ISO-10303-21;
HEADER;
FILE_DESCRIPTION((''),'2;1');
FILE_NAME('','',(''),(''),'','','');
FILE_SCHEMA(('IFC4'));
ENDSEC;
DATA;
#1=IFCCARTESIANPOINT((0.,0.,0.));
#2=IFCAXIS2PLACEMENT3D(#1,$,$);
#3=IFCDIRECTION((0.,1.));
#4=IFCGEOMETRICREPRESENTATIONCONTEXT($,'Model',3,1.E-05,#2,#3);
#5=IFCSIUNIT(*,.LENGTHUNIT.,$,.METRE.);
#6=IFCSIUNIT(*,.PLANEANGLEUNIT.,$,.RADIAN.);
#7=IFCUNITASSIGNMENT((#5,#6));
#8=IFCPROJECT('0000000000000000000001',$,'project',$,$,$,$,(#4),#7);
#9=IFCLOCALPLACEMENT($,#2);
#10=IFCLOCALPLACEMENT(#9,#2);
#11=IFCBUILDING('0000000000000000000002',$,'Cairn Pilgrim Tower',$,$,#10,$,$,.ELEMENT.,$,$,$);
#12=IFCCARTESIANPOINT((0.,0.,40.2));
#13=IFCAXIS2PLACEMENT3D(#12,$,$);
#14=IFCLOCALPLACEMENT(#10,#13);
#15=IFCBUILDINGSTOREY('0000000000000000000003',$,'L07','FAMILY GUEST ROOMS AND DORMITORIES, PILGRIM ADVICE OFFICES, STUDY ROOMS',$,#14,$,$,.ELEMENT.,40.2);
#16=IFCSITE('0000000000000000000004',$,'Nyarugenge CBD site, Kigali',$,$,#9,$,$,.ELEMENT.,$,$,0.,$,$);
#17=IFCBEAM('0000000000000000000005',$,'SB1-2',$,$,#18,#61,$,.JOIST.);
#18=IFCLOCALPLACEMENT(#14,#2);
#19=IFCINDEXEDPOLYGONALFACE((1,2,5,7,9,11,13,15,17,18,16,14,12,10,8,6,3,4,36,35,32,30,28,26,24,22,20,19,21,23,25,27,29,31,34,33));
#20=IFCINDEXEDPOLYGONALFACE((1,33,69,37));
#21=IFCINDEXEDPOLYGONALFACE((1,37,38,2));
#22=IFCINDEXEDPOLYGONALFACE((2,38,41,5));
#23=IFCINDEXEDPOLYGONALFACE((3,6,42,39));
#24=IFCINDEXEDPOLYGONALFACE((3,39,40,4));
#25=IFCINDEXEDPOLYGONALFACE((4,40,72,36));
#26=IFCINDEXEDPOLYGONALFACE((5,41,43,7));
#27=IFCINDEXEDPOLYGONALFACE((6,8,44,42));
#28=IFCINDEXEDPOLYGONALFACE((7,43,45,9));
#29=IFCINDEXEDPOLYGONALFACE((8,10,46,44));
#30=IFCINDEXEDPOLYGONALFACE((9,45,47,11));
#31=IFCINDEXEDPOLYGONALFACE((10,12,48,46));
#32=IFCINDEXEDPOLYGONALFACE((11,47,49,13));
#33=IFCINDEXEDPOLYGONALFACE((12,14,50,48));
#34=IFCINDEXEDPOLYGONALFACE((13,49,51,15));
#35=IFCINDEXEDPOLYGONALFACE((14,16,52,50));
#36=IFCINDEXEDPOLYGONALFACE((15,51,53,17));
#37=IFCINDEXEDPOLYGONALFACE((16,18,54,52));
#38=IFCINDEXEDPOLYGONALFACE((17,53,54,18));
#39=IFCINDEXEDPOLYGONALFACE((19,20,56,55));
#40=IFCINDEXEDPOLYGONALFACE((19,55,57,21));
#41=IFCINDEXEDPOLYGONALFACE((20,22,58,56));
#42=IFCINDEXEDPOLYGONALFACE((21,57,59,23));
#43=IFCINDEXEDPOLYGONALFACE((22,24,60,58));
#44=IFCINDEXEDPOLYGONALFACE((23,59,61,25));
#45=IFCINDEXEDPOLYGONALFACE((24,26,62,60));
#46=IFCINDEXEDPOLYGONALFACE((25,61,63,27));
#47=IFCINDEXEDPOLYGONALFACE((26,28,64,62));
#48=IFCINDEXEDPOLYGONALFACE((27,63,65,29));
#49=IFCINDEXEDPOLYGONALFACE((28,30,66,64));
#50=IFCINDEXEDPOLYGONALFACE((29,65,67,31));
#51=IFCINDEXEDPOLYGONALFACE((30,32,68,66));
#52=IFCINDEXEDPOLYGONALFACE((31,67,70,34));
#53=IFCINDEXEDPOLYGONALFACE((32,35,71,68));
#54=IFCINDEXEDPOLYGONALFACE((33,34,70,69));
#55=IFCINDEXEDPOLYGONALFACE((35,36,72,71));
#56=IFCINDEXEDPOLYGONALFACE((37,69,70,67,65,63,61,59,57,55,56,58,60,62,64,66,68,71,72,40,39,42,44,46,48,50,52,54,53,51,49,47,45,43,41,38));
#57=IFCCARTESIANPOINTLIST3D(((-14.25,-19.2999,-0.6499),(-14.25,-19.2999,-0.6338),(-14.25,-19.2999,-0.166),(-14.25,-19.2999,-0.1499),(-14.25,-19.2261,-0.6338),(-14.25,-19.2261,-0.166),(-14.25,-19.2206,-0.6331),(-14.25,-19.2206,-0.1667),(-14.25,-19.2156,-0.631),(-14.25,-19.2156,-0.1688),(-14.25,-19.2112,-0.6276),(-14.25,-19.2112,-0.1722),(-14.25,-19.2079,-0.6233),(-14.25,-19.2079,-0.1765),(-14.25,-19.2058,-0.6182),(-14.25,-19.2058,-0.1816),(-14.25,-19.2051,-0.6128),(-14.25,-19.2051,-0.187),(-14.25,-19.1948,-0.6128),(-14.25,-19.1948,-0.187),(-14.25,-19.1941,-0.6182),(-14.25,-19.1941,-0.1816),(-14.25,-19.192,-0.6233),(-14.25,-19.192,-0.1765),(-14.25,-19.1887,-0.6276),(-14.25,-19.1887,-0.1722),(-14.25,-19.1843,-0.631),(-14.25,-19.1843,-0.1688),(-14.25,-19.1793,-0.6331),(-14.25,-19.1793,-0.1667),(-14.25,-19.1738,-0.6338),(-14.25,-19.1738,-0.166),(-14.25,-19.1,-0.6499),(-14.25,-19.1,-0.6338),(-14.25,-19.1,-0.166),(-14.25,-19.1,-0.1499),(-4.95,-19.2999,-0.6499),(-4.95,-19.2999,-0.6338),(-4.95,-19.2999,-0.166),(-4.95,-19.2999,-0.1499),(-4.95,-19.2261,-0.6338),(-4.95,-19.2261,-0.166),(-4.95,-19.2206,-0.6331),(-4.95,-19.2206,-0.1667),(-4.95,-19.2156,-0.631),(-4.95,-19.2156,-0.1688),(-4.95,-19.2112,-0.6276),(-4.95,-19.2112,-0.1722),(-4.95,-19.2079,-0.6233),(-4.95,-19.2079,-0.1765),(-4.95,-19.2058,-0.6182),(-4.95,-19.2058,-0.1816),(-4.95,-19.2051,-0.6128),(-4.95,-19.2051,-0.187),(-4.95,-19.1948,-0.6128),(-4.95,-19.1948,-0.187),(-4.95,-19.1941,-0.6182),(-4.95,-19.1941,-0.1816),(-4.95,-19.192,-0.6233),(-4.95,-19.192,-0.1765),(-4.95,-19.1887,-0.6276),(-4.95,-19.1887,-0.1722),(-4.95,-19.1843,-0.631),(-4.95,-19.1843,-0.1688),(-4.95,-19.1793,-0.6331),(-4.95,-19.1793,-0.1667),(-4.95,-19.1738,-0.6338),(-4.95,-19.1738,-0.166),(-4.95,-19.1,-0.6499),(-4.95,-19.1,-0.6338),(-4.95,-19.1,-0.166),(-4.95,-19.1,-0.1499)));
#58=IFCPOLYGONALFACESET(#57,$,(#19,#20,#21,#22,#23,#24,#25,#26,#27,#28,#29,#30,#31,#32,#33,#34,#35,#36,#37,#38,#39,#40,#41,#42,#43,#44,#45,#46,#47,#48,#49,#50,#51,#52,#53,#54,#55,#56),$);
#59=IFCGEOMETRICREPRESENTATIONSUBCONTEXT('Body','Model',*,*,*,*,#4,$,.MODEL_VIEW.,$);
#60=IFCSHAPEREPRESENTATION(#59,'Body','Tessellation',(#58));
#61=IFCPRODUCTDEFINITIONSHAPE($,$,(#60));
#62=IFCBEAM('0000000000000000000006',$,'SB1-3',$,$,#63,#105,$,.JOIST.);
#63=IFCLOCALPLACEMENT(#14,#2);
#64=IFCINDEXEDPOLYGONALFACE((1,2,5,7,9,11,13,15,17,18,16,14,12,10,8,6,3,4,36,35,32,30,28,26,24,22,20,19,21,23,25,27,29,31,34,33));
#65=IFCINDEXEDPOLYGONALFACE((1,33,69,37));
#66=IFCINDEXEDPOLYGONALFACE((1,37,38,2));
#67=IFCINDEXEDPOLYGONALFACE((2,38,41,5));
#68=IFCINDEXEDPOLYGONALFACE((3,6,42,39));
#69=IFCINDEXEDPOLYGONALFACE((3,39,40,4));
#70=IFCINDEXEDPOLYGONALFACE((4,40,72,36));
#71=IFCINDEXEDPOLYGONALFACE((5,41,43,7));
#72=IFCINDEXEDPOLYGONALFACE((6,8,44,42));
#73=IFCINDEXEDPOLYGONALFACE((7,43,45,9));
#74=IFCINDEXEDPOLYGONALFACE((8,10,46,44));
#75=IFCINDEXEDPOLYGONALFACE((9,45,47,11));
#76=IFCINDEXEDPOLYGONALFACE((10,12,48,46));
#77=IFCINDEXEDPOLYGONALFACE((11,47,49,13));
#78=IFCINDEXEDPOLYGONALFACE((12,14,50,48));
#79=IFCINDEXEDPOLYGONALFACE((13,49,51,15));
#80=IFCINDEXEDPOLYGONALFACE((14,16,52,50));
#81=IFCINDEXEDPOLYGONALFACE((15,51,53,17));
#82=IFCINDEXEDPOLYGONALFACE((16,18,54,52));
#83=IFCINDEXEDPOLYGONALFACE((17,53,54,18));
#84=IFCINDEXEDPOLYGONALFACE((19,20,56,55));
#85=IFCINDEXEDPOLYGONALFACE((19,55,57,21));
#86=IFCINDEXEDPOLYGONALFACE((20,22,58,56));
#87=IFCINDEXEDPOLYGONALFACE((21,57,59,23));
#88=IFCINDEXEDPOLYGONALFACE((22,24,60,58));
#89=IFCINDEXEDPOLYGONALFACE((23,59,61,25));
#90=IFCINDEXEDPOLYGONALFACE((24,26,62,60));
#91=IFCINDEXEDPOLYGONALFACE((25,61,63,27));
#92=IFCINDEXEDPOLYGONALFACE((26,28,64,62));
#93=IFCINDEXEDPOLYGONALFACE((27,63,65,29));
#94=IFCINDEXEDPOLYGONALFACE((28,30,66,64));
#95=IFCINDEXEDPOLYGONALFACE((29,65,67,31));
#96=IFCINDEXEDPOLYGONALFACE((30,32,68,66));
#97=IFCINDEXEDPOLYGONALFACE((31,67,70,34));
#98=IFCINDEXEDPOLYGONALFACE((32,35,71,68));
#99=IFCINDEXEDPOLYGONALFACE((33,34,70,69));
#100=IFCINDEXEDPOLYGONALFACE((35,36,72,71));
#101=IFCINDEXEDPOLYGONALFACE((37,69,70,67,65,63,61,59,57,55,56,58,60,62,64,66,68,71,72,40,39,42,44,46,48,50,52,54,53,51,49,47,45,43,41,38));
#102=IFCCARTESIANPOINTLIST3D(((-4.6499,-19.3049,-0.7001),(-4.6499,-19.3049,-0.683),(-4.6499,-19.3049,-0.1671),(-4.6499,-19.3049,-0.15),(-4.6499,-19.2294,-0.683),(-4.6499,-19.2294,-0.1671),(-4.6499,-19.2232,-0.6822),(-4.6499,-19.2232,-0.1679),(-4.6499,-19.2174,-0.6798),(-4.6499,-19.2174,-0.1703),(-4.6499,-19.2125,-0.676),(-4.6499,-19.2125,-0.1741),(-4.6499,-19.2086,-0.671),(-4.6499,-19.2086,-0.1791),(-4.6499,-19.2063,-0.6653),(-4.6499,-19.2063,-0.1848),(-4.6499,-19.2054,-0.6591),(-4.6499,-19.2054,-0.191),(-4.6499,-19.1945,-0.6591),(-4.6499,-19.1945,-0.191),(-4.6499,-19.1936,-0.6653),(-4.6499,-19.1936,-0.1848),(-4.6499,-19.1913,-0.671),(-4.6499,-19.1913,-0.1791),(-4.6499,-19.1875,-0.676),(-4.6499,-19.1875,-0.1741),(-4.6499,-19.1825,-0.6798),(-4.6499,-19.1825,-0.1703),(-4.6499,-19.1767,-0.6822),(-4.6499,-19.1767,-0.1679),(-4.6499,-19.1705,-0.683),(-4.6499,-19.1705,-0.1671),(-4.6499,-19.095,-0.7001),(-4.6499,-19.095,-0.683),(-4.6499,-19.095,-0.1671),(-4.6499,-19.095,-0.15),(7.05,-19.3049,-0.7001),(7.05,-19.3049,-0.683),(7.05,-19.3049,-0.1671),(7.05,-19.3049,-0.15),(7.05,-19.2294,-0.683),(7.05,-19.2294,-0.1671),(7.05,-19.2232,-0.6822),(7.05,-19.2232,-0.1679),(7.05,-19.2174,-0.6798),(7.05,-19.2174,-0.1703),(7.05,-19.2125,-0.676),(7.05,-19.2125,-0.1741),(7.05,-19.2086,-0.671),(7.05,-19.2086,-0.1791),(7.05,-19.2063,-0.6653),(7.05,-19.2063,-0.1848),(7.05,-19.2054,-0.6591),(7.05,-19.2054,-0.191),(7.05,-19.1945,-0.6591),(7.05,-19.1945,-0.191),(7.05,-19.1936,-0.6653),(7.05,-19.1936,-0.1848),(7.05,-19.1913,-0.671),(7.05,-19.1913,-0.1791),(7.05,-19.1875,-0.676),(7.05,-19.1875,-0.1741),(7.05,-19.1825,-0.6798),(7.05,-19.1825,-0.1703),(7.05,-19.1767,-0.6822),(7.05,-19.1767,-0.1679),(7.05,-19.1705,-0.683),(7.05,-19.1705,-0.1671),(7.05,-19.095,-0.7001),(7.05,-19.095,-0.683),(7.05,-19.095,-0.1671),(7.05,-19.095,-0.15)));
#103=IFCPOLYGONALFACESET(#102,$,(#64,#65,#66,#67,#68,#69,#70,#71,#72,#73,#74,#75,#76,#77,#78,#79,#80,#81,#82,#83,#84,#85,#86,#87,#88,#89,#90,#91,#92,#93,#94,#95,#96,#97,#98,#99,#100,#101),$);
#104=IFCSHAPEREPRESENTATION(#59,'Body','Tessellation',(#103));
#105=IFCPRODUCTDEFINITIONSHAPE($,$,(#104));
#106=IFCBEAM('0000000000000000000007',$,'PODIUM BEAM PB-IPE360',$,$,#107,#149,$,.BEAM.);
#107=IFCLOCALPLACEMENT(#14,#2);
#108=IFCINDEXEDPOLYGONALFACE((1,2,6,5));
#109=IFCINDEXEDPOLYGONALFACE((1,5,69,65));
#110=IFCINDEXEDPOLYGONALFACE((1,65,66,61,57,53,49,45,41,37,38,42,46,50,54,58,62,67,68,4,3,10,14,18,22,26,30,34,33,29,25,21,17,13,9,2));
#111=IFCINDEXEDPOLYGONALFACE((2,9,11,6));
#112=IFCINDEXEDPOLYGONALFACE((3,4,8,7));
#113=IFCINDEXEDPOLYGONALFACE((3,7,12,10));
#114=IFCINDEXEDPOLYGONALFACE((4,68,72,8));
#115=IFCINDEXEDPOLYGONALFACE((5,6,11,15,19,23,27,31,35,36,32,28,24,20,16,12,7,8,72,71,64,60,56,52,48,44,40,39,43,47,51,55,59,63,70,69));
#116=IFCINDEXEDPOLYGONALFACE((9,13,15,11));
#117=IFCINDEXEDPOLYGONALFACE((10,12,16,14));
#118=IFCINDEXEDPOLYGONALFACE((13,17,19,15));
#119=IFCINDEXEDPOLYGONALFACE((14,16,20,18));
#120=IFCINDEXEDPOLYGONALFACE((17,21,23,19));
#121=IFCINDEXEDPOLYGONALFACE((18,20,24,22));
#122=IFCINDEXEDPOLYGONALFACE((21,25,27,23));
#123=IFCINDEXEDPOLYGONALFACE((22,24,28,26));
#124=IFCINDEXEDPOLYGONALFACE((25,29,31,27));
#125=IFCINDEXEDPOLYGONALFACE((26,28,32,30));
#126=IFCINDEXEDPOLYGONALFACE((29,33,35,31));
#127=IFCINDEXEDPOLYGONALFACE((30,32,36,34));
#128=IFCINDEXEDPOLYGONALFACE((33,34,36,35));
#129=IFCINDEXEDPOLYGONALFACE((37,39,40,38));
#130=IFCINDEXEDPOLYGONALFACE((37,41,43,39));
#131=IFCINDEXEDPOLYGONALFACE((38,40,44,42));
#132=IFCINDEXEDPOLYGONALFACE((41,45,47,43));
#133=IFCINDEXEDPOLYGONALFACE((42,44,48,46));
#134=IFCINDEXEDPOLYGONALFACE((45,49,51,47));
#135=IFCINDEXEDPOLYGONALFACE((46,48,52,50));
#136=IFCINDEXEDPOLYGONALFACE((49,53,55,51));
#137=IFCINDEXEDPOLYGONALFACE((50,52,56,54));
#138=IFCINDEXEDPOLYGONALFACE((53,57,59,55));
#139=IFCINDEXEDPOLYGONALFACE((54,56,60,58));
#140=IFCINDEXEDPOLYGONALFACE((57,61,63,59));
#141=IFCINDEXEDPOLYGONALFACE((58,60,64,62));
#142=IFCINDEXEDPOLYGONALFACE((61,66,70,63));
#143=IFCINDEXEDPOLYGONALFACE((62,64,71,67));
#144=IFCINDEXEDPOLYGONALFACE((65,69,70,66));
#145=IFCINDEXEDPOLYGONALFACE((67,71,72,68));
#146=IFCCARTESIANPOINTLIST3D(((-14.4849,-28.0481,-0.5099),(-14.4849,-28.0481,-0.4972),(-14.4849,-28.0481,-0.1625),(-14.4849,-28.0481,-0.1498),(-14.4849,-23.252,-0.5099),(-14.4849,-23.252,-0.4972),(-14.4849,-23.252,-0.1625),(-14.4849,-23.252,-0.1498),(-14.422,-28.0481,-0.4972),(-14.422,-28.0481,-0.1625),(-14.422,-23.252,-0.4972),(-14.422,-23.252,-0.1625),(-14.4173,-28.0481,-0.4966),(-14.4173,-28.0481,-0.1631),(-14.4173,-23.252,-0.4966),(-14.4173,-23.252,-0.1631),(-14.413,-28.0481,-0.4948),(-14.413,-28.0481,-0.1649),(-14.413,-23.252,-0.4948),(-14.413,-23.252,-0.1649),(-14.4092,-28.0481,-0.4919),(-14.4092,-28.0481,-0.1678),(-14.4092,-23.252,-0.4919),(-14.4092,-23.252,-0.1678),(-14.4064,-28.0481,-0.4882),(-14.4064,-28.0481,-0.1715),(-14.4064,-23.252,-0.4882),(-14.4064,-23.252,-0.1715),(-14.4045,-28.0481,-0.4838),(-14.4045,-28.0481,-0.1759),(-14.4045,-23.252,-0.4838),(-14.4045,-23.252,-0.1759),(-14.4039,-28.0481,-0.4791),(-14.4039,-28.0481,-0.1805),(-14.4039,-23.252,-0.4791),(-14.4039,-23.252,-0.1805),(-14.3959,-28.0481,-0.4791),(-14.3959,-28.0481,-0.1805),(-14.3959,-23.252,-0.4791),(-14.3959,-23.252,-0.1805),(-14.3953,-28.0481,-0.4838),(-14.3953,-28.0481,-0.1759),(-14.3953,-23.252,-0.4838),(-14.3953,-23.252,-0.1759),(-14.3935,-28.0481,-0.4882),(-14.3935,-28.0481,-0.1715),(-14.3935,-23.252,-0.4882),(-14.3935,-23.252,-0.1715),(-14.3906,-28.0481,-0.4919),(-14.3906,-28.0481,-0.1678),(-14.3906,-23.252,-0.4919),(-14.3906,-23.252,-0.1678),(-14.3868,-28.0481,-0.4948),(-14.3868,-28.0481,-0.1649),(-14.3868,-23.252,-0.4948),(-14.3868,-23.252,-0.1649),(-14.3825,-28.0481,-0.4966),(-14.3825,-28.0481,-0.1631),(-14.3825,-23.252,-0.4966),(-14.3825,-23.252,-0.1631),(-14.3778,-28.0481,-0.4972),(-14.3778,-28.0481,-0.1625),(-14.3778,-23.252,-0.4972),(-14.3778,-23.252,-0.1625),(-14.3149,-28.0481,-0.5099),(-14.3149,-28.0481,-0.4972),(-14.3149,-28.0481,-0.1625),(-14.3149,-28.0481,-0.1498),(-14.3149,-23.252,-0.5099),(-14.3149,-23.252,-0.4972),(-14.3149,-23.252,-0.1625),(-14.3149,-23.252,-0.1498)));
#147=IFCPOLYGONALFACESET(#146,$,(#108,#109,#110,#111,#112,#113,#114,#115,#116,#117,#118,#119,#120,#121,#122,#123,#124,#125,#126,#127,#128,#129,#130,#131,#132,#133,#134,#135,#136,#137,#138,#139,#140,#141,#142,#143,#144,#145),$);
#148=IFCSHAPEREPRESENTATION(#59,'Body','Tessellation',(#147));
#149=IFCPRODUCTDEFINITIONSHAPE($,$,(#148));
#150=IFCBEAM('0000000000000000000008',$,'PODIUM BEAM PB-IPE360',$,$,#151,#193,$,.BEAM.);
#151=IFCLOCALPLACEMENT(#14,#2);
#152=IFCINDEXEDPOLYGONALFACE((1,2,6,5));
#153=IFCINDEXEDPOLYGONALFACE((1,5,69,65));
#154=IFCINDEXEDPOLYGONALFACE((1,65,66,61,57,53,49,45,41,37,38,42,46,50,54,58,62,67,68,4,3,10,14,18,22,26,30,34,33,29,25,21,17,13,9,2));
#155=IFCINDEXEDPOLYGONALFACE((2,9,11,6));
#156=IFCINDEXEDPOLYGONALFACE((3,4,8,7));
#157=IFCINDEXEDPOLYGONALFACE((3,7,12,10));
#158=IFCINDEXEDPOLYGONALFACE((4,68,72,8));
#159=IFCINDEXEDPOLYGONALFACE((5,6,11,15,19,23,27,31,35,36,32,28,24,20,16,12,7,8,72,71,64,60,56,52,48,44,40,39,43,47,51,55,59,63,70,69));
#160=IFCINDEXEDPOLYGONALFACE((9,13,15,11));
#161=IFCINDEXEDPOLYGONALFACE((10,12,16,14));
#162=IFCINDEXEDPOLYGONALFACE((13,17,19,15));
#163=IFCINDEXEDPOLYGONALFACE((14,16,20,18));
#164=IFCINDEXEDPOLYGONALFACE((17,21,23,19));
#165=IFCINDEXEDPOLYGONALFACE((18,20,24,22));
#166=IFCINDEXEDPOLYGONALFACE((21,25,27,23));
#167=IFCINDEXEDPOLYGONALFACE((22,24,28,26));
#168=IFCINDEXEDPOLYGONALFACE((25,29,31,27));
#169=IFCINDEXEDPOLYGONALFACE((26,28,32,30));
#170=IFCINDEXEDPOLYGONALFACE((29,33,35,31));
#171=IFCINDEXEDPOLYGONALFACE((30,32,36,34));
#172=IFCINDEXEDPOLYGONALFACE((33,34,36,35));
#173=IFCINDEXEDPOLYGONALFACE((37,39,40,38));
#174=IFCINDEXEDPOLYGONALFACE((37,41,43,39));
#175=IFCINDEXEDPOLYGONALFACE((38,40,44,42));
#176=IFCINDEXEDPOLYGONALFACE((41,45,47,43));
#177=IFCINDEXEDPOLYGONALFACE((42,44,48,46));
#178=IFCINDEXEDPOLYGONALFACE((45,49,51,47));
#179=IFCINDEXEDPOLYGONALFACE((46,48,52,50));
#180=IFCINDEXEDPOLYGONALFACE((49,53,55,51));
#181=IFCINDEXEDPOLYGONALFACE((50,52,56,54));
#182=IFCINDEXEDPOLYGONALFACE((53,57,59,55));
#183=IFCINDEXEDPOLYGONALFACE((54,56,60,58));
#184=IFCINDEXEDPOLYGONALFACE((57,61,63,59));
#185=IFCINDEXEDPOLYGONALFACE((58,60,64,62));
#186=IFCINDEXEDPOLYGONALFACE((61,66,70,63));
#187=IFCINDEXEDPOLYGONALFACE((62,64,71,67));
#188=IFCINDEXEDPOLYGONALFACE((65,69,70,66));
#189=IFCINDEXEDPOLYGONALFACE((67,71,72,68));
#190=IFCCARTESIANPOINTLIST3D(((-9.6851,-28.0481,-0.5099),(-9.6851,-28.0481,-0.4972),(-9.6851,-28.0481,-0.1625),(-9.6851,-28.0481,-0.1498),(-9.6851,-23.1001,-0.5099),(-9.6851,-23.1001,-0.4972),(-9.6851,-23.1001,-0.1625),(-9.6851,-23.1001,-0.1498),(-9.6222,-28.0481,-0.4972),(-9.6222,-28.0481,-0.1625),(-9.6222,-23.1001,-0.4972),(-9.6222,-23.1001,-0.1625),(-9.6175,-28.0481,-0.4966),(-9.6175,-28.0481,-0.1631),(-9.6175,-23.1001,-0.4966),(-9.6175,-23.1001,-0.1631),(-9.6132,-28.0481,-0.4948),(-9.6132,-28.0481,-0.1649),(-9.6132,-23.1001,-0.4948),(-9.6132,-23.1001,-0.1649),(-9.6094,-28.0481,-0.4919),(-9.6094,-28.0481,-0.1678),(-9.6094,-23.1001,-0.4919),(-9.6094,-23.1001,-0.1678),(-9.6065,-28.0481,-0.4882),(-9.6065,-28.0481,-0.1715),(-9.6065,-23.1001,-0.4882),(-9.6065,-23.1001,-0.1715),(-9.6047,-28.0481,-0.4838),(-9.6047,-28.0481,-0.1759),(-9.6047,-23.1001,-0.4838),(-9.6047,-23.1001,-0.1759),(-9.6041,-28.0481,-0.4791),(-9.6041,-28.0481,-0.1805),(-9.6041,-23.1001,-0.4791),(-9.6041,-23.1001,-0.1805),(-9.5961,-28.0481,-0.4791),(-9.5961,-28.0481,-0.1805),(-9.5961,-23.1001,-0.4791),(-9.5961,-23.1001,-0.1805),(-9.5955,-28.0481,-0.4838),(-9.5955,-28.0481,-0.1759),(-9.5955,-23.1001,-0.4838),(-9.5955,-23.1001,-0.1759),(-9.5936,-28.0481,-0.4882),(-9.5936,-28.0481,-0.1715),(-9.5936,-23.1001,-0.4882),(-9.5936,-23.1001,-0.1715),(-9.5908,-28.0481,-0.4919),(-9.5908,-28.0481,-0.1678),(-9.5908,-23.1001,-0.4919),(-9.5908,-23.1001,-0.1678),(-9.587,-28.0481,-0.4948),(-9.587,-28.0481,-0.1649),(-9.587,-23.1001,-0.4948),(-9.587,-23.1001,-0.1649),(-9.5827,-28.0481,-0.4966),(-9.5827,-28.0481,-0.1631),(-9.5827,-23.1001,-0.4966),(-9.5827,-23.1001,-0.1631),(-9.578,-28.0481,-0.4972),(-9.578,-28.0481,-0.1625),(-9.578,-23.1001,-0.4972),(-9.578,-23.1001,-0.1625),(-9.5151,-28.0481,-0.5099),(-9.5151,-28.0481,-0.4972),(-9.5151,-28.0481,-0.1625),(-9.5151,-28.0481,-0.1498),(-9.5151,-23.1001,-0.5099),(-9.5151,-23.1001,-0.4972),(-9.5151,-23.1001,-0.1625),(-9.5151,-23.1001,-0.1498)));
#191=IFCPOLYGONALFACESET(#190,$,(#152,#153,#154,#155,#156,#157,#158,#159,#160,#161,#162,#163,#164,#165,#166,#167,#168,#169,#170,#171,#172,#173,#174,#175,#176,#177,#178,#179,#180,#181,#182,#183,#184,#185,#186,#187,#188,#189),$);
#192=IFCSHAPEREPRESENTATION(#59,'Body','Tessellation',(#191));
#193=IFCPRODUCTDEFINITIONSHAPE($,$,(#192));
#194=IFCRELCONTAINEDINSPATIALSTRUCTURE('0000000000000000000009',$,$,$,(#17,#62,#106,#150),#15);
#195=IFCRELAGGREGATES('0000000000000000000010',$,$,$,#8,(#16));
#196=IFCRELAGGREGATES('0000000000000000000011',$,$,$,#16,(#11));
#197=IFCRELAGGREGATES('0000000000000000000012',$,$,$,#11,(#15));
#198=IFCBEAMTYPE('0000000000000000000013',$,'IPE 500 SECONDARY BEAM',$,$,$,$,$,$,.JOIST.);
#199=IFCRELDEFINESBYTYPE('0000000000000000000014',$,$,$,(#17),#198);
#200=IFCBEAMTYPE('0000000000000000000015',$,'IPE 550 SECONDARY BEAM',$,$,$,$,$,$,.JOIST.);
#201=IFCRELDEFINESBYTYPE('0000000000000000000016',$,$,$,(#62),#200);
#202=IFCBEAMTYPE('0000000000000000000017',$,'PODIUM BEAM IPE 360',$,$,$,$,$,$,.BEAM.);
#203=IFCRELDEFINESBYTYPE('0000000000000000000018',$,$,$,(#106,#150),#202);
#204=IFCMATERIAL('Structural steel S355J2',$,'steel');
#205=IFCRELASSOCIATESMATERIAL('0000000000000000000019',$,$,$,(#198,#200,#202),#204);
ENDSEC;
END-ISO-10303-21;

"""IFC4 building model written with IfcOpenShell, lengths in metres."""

from ifc_helpers import new_model, si_unit, direction, frame, origin, origin_2d, place, context, subcontext, project, spatial, i_section, extrude, material, material_profile, profile_set, type_object, element, save


model = new_model("IFC4")

# Units and contexts
model_context = context("Model", 3, precision=1e-05, world=origin(), true_north=direction((0.0, 1.0)))
body_context = subcontext(model_context, "Body", "Model", "MODEL_VIEW")
ifc_project = project(units=[si_unit("LENGTHUNIT", "METRE"), si_unit("PLANEANGLEUNIT", "RADIAN")], contexts=[model_context])

# Site, building, storey
site_placement = place(None, origin())
site = spatial("IfcSite", under=ifc_project, at=site_placement, Name="Nyarugenge CBD site, Kigali", CompositionType="ELEMENT", RefElevation=0.0)
building_placement = place(site_placement, origin())
building = spatial("IfcBuilding", under=site, at=building_placement, Name="Cairn Pilgrim Tower", CompositionType="ELEMENT")
storey_placement = place(building_placement, frame((0.0, 0.0, 40.2)))
storey = spatial("IfcBuildingStorey", under=building, at=storey_placement, Name="L07", Description="FAMILY GUEST ROOMS AND DORMITORIES, PILGRIM ADVICE OFFICES, STUDY ROOMS", CompositionType="ELEMENT", Elevation=40.2)

# Beams
ifc_material_1 = material(Name="Structural steel S355J2", Category="steel")
ifc_material_profile_1 = material_profile(ifc_material_1, i_section(OverallWidth=0.2, OverallDepth=0.5, WebThickness=0.0103, FlangeThickness=0.0161, FilletRadius=0.021, at=origin_2d()), Name="IPE 500")
ifc_profile_set_1 = profile_set([ifc_material_profile_1], Name="Structural steel S355J2")
beam_type_1 = type_object("IfcBeamType", Name="IPE 500 SECONDARY BEAM", PredefinedType="JOIST", material=ifc_profile_set_1)
beam_1_placement = place(storey_placement, frame((-14.25, -19.2, -0.3999), z_axis=(1.0, 0.0, 0.0), x_axis=(0.0, 1.0, 0.0)))
element("IfcBeam", 1, at=beam_1_placement, inside=storey, type_object=beam_type_1, Name="SB1-2", PredefinedType="JOIST", context=body_context, shape_type="SweptSolid", body=[
    extrude(i_section(OverallWidth=0.2, OverallDepth=0.5, WebThickness=0.0103, FlangeThickness=0.0161, FilletRadius=0.021, at=origin_2d()), origin(), (0.0, 0.0, 1.0), 9.3),
])
ifc_material_profile_2 = material_profile(ifc_material_1, i_section(OverallWidth=0.21, OverallDepth=0.55, WebThickness=0.011, FlangeThickness=0.0171, FilletRadius=0.0239, at=origin_2d()), Name="IPE 550")
ifc_profile_set_2 = profile_set([ifc_material_profile_2], Name="Structural steel S355J2")
beam_type_2 = type_object("IfcBeamType", Name="IPE 550 SECONDARY BEAM", PredefinedType="JOIST", material=ifc_profile_set_2)
beam_2_placement = place(storey_placement, frame((-4.6499, -19.2, -0.425), z_axis=(1.0, 0.0, 0.0), x_axis=(0.0, 1.0, 0.0)))
element("IfcBeam", 2, at=beam_2_placement, inside=storey, type_object=beam_type_2, Name="SB1-3", PredefinedType="JOIST", context=body_context, shape_type="SweptSolid", body=[
    extrude(i_section(OverallWidth=0.21, OverallDepth=0.55, WebThickness=0.011, FlangeThickness=0.0171, FilletRadius=0.0239, at=origin_2d()), origin(), (0.0, 0.0, 1.0), 11.7),
])
ifc_material_profile_3 = material_profile(ifc_material_1, i_section(OverallWidth=0.1699, OverallDepth=0.3601, WebThickness=0.0081, FlangeThickness=0.0127, FilletRadius=0.0181, at=origin_2d()), Name="IPE 360")
ifc_profile_set_3 = profile_set([ifc_material_profile_3], Name="Structural steel S355J2")
beam_type_3 = type_object("IfcBeamType", Name="PODIUM BEAM IPE 360", PredefinedType="BEAM", material=ifc_profile_set_3)
beam_3_placement = place(storey_placement, frame((-14.3999, -28.0481, -0.3298), z_axis=(0.0, 1.0, 0.0), x_axis=(-1.0, 0.0, 0.0)))
element("IfcBeam", 3, at=beam_3_placement, inside=storey, type_object=beam_type_3, Name="PODIUM BEAM PB-IPE360", PredefinedType="BEAM", context=body_context, shape_type="SweptSolid", body=[
    extrude(i_section(OverallWidth=0.1699, OverallDepth=0.3601, WebThickness=0.0081, FlangeThickness=0.0127, FilletRadius=0.0181, at=origin_2d()), origin(), (0.0, 0.0, 1.0), 4.7961),
])
for number, where, z_axis, x_axis, name in (
    (4, (-9.6001, -28.0481, -0.3298), (0.0, 1.0, 0.0), (-1.0, 0.0, 0.0), "PODIUM BEAM PB-IPE360"),
):
    element("IfcBeam", number, at=place(storey_placement, frame(where, z_axis=z_axis, x_axis=x_axis)), inside=storey, type_object=beam_type_3, Name=name, PredefinedType="BEAM", context=body_context, shape_type="SweptSolid", body=[
        extrude(i_section(OverallWidth=0.1699, OverallDepth=0.3601, WebThickness=0.0081, FlangeThickness=0.0127, FilletRadius=0.0181, at=origin_2d()), origin(), (0.0, 0.0, 1.0), 4.948),
    ])

save(model, "model.ifc")
